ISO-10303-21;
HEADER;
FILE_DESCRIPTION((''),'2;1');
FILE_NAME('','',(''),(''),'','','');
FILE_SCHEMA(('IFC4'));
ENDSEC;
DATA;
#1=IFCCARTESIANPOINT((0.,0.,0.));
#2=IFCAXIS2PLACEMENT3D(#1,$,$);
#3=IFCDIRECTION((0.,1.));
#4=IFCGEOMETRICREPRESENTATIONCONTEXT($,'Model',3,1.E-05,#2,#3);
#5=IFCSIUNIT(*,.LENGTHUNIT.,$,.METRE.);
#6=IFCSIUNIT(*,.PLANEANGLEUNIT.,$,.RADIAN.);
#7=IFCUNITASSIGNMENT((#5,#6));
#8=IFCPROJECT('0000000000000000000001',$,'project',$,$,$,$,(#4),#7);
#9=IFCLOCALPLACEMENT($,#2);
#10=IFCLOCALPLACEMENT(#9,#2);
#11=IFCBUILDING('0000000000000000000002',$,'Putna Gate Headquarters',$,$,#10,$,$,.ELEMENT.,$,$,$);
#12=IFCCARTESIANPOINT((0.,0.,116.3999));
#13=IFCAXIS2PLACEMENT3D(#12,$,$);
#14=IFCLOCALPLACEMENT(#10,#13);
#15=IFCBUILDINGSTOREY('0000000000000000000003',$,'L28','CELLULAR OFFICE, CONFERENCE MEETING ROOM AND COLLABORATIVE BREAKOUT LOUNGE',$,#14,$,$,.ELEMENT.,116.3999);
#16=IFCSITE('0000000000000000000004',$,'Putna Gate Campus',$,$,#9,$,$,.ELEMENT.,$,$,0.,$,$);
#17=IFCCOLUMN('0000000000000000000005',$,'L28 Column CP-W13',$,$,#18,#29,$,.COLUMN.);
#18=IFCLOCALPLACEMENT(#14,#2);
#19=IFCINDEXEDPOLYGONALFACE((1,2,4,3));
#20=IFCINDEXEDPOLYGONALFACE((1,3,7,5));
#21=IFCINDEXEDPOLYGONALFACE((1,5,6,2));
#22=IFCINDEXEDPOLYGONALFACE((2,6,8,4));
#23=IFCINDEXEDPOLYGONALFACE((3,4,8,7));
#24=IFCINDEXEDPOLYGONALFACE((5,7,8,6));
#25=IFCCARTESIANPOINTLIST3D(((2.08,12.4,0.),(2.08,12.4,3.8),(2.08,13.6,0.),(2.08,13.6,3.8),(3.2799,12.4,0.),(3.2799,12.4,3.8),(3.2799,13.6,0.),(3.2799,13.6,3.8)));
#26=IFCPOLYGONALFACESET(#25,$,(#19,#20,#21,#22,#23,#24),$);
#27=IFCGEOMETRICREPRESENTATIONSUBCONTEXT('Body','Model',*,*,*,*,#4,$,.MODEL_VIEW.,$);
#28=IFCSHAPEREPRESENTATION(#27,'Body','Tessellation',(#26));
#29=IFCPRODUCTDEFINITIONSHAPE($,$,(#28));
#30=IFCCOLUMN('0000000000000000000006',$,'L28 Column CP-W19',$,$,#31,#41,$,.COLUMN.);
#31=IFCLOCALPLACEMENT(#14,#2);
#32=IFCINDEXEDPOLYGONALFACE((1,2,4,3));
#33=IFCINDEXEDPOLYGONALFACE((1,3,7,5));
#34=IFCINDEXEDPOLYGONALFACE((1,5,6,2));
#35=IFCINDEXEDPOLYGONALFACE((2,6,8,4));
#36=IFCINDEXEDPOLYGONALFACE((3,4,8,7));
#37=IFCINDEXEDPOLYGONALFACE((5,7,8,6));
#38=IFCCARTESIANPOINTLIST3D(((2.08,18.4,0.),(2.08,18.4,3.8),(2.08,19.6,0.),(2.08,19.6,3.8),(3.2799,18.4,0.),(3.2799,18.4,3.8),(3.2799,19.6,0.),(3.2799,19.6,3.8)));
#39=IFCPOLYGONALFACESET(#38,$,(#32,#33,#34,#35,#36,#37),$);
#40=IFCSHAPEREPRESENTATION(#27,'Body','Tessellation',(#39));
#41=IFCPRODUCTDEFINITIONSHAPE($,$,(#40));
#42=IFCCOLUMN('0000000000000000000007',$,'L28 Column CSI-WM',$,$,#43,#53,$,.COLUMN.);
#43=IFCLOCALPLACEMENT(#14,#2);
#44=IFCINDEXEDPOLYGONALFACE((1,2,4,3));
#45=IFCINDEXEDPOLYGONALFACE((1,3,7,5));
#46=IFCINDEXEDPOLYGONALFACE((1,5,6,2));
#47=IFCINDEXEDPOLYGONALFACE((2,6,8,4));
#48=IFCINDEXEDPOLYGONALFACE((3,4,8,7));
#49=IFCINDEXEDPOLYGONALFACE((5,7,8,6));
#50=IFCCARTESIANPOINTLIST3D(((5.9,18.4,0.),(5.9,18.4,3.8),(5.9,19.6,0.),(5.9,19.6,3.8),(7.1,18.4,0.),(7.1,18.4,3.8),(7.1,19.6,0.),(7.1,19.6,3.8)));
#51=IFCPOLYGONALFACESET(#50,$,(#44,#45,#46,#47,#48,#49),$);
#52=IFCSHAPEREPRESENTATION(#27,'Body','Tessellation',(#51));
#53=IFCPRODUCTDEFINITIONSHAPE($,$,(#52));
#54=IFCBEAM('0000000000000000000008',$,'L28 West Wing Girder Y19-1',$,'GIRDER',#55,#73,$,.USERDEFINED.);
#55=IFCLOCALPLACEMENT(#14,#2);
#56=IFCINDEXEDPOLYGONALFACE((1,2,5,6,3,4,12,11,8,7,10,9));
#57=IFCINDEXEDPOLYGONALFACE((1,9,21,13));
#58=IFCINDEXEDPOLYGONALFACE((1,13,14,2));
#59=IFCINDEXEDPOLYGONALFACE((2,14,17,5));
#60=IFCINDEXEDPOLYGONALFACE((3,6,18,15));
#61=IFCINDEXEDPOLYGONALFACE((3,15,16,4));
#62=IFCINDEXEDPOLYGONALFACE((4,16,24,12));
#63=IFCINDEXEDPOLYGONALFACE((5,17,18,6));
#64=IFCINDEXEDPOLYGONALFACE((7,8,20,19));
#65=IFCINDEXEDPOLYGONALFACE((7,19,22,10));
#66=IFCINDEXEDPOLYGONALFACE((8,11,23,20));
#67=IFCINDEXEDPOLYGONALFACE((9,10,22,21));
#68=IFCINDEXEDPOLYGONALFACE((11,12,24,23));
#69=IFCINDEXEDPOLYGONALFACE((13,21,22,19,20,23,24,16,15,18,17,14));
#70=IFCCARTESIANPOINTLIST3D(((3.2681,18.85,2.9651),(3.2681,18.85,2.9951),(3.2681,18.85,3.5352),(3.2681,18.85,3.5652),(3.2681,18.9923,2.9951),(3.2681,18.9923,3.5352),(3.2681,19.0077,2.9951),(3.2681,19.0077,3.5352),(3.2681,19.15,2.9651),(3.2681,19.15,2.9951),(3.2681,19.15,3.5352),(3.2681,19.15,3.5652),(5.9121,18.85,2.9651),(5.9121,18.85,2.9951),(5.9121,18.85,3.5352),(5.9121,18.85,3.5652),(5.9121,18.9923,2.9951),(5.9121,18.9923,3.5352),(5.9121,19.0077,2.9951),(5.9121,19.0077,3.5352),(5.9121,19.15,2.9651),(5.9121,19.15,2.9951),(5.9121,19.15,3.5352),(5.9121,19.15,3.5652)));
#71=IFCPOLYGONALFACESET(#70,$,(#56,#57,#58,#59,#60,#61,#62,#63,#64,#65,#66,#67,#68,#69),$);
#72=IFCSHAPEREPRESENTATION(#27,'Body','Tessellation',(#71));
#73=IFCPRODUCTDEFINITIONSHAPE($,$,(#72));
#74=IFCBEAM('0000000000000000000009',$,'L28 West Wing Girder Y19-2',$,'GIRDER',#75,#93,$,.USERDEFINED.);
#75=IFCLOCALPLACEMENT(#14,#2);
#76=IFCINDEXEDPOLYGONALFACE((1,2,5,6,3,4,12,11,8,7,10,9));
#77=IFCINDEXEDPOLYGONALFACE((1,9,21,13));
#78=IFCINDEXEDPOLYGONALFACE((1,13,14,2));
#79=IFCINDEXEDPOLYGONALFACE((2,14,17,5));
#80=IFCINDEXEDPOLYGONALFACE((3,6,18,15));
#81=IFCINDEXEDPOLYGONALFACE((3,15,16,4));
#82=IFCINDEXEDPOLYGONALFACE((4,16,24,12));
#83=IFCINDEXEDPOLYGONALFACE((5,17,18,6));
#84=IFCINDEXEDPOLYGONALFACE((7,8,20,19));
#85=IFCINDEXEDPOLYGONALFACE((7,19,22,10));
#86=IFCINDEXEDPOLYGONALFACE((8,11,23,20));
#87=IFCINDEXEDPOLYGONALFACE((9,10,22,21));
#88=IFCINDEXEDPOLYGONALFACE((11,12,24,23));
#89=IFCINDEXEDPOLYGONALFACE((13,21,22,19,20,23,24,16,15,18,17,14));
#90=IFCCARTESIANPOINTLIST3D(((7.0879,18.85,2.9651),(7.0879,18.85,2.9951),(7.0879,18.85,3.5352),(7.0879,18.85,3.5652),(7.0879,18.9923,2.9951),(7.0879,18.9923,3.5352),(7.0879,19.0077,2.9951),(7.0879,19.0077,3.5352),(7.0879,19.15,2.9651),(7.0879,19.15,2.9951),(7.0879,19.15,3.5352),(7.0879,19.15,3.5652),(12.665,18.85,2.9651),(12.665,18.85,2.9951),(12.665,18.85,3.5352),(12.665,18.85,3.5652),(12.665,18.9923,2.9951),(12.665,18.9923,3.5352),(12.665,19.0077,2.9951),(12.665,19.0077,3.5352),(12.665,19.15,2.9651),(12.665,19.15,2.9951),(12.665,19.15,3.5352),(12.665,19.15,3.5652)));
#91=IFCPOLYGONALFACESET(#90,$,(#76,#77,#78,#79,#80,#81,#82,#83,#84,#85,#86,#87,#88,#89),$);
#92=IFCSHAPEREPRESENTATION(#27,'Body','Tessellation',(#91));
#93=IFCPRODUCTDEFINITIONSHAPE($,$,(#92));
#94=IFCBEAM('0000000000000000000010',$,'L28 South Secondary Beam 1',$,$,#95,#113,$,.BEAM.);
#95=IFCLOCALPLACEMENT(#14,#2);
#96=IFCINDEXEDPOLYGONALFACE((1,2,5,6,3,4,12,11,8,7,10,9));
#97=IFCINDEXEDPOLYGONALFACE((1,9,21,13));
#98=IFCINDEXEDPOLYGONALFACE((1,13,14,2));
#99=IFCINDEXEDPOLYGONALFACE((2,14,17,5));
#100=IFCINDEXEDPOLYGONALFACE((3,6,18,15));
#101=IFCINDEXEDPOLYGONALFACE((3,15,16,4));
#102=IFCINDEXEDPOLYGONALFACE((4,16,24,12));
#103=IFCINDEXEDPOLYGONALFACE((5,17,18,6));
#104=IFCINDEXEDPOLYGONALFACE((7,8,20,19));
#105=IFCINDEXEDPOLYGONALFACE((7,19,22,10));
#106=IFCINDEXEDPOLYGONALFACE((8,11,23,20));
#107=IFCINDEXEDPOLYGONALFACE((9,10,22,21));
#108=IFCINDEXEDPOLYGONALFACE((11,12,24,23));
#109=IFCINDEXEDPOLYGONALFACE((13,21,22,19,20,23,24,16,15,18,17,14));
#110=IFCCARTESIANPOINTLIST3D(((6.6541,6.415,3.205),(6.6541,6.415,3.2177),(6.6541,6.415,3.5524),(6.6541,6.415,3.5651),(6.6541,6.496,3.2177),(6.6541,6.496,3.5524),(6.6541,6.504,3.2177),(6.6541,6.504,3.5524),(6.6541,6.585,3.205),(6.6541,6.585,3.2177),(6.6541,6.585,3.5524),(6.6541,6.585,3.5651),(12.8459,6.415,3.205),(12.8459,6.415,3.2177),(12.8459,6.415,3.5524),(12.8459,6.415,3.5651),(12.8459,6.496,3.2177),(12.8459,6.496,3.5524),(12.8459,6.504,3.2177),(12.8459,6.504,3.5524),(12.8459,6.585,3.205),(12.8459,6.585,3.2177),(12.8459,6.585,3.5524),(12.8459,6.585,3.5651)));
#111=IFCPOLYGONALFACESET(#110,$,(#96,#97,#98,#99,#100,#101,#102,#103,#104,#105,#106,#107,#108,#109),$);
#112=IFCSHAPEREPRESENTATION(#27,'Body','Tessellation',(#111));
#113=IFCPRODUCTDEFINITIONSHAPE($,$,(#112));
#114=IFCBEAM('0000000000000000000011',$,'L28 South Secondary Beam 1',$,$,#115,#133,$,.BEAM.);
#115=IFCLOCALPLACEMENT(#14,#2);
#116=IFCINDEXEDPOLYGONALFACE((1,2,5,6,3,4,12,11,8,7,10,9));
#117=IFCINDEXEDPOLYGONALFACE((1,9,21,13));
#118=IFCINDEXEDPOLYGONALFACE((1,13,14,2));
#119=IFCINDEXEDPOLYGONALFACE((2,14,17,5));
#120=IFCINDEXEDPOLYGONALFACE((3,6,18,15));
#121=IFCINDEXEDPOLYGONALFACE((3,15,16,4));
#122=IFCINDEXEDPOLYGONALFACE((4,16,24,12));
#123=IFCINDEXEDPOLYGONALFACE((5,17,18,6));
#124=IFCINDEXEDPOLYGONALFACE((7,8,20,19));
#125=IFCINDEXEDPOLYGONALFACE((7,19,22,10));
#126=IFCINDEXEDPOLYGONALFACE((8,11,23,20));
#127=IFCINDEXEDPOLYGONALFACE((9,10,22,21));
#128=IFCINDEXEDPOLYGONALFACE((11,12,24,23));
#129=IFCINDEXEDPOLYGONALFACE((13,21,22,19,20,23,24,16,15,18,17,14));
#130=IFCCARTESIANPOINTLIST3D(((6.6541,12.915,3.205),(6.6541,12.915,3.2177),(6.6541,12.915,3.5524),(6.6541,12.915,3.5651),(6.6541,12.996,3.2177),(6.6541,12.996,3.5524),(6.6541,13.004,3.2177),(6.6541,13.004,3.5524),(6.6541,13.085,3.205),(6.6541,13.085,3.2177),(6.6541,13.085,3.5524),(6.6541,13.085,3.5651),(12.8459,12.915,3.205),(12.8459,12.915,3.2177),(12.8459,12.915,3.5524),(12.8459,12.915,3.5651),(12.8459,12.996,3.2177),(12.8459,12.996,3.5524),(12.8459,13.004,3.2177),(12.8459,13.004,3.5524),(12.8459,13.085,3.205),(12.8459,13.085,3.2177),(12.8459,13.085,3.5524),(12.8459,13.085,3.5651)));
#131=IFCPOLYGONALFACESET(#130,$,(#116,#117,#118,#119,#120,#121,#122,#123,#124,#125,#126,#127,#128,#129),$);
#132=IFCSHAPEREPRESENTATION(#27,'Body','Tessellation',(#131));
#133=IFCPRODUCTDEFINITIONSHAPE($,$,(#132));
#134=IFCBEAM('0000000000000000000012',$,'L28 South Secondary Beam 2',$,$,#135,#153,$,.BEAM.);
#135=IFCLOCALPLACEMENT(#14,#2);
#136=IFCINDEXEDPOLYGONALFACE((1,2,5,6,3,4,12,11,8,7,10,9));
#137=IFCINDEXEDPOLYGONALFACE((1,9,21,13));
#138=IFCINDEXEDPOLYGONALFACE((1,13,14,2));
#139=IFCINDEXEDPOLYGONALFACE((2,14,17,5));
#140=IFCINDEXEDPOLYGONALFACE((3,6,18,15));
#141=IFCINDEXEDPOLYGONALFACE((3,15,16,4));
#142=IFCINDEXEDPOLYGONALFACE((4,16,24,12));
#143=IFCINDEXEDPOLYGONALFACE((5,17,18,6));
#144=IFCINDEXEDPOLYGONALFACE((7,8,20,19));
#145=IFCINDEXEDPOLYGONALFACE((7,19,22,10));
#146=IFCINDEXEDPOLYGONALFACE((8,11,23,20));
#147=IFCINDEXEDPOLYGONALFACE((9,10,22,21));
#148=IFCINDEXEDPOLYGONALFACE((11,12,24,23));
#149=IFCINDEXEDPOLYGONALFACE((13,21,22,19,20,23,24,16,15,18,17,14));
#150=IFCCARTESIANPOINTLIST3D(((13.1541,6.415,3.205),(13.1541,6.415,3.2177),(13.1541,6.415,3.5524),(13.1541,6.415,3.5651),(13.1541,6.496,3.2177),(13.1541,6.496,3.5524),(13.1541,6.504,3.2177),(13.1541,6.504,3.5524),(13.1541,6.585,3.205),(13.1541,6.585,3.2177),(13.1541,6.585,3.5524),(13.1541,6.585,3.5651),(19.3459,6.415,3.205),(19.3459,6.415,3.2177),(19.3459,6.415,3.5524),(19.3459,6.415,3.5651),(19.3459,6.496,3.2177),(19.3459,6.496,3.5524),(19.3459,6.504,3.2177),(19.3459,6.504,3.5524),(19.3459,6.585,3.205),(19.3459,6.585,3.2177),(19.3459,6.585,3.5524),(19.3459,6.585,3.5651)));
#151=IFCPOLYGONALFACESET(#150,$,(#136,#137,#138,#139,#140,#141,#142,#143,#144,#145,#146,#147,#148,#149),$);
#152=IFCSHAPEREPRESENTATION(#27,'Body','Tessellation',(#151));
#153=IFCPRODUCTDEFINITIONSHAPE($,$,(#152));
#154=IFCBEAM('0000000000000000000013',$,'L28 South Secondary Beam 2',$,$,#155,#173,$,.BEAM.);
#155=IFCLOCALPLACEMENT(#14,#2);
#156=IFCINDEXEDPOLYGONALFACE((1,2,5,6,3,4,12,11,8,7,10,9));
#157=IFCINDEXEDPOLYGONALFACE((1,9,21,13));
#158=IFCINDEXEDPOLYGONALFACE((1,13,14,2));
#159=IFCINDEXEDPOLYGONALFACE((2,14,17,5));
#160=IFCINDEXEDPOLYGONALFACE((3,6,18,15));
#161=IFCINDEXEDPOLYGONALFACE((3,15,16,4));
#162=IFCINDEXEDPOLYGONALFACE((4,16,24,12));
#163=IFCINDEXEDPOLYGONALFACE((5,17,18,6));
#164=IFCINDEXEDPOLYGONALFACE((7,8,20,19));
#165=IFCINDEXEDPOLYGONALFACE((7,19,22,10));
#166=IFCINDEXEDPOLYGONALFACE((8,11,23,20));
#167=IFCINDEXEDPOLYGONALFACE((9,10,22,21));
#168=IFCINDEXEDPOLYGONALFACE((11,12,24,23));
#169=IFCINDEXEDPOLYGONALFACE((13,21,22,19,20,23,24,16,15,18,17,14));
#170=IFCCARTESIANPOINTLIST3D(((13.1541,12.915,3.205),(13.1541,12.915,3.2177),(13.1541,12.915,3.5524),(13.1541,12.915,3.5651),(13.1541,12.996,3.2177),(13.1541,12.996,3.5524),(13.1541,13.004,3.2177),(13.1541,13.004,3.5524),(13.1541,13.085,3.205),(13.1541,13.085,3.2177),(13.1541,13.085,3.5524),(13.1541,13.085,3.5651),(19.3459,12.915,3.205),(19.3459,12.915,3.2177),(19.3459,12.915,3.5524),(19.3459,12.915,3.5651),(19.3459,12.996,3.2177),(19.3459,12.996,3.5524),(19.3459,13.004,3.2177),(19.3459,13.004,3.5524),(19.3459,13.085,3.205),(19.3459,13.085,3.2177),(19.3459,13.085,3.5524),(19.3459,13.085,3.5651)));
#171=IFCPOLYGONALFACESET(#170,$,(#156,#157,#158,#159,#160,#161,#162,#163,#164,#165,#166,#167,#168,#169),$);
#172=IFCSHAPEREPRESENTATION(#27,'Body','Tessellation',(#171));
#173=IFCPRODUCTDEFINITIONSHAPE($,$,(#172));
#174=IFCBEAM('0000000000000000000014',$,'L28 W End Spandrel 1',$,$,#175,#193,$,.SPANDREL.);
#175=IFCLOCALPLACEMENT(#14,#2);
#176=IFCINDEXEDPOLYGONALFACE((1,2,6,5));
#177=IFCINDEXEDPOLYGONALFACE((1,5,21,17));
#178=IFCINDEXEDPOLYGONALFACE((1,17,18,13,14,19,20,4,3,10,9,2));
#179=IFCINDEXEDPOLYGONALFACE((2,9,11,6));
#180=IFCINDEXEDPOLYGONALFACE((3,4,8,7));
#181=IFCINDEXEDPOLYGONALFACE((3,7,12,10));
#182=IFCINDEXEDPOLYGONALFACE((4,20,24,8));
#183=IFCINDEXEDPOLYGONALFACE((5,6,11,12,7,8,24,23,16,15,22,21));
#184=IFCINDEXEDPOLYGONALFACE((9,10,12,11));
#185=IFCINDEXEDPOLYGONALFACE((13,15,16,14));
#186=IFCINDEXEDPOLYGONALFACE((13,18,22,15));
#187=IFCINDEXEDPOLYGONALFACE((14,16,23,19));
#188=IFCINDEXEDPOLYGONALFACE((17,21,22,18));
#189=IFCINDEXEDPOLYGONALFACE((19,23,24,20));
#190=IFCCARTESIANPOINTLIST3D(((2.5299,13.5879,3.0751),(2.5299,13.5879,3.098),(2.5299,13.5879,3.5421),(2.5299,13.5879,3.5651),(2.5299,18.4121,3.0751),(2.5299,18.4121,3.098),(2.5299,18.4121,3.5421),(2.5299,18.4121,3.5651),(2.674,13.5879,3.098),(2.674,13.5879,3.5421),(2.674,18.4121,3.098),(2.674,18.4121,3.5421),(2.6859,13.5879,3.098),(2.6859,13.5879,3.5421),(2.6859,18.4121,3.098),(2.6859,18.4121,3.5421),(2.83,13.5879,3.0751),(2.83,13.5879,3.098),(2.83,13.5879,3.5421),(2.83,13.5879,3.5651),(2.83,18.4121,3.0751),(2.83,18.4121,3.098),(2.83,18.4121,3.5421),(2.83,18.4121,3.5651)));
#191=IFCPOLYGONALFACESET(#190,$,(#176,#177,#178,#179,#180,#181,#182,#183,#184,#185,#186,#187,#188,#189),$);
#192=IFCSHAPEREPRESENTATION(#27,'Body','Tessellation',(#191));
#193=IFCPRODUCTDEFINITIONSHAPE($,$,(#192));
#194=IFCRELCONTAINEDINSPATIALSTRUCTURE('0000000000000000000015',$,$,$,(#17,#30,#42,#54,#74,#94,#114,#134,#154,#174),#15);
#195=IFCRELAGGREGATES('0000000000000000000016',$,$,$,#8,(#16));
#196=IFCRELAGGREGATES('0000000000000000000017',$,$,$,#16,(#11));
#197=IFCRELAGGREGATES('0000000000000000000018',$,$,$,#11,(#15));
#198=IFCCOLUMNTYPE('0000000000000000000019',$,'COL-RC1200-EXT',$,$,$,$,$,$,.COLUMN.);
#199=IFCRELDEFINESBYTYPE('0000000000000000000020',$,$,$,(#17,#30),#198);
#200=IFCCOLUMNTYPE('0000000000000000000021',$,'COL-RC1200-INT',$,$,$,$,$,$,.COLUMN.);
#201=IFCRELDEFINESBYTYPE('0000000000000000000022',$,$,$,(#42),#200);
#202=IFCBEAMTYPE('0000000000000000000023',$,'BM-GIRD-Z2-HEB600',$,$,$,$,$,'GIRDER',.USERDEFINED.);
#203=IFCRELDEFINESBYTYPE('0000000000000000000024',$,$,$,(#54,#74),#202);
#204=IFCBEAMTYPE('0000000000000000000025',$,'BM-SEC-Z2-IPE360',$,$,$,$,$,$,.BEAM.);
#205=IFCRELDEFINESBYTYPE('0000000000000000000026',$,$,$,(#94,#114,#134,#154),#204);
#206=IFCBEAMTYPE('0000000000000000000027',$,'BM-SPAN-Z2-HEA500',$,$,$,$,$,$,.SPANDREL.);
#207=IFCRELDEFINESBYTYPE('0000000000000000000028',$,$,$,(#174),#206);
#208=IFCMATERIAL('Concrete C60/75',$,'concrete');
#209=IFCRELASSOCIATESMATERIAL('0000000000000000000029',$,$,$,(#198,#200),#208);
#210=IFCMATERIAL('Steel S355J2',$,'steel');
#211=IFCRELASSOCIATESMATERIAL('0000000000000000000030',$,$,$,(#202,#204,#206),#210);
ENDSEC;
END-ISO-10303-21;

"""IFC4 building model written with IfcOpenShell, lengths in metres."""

from ifc_helpers import new_model, si_unit, direction, frame, origin, origin_2d, place, context, subcontext, project, spatial, rectangle, i_section, extrude, material, material_profile, profile_set, type_object, element, save


model = new_model("IFC4")

# Units and contexts
model_context = context("Model", 3, precision=1e-05, world=origin(), true_north=direction((0.0, 1.0)))
body_context = subcontext(model_context, "Body", "Model", "MODEL_VIEW")
ifc_project = project(units=[si_unit("LENGTHUNIT", "METRE"), si_unit("PLANEANGLEUNIT", "RADIAN")], contexts=[model_context])

# Site, building, storey
site_placement = place(None, origin())
site = spatial("IfcSite", under=ifc_project, at=site_placement, Name="Putna Gate Campus", CompositionType="ELEMENT", RefElevation=0.0)
building_placement = place(site_placement, origin())
building = spatial("IfcBuilding", under=site, at=building_placement, Name="Putna Gate Headquarters", CompositionType="ELEMENT")
storey_placement = place(building_placement, frame((0.0, 0.0, 116.3999)))
storey = spatial("IfcBuildingStorey", under=building, at=storey_placement, Name="L28", Description="CELLULAR OFFICE, CONFERENCE MEETING ROOM AND COLLABORATIVE BREAKOUT LOUNGE", CompositionType="ELEMENT", Elevation=116.3999)

# Columns
ifc_material_1 = material(Name="Concrete C60/75", Category="concrete")
ifc_material_profile_1 = material_profile(ifc_material_1, rectangle(XDim=1.2, YDim=1.2, at=origin_2d()), Name="Concrete C60/75")
ifc_profile_set_1 = profile_set([ifc_material_profile_1], Name="Concrete C60/75")
column_type_1 = type_object("IfcColumnType", Name="COL-RC1200-EXT", PredefinedType="COLUMN", material=ifc_profile_set_1)
for number, where, z_axis, x_axis, name in (
    (1, (2.6799, 13.0, 0.0), (0.0, 0.0, 1.0), (1.0, 0.0, 0.0), "L28 Column CP-W13"),
    (2, (2.6799, 19.0, 0.0), (0.0, 0.0, 1.0), (1.0, 0.0, 0.0), "L28 Column CP-W19"),
):
    element("IfcColumn", number, at=place(storey_placement, frame(where, z_axis=z_axis, x_axis=x_axis)), inside=storey, type_object=column_type_1, Name=name, PredefinedType="COLUMN", context=body_context, shape_type="SweptSolid", body=[
        extrude(rectangle(XDim=1.2, YDim=1.2, at=origin_2d()), origin(), (0.0, 0.0, 1.0), 3.8),
    ])
ifc_material_profile_2 = material_profile(ifc_material_1, rectangle(XDim=1.2, YDim=1.2, at=origin_2d()), Name="Concrete C60/75")
ifc_profile_set_2 = profile_set([ifc_material_profile_2], Name="Concrete C60/75")
column_type_2 = type_object("IfcColumnType", Name="COL-RC1200-INT", PredefinedType="COLUMN", material=ifc_profile_set_2)
column_placement = place(storey_placement, frame((6.5, 19.0, 0.0), z_axis=(0.0, 0.0, 1.0), x_axis=(1.0, 0.0, 0.0)))
element("IfcColumn", 3, at=column_placement, inside=storey, type_object=column_type_2, Name="L28 Column CSI-WM", PredefinedType="COLUMN", context=body_context, shape_type="SweptSolid", body=[
    extrude(rectangle(XDim=1.2, YDim=1.2, at=origin_2d()), origin(), (0.0, 0.0, 1.0), 3.8),
])

# Beams
ifc_material_2 = material(Name="Steel S355J2", Category="steel")
ifc_material_profile_3 = material_profile(ifc_material_2, i_section(OverallWidth=0.3, OverallDepth=0.6001, WebThickness=0.0154, FlangeThickness=0.03, at=origin_2d()), Name="Steel S355J2")
ifc_profile_set_3 = profile_set([ifc_material_profile_3], Name="Steel S355J2")
beam_type_1 = type_object("IfcBeamType", Name="BM-GIRD-Z2-HEB600", ElementType="GIRDER", PredefinedType="USERDEFINED", material=ifc_profile_set_3)
beam_1_placement = place(storey_placement, frame((3.2681, 19.0, 3.2651), z_axis=(1.0, 0.0, 0.0), x_axis=(0.0, 1.0, 0.0)))
element("IfcBeam", 4, at=beam_1_placement, inside=storey, type_object=beam_type_1, Name="L28 West Wing Girder Y19-1", ObjectType="GIRDER", PredefinedType="USERDEFINED", context=body_context, shape_type="SweptSolid", body=[
    extrude(i_section(OverallWidth=0.3, OverallDepth=0.6001, WebThickness=0.0154, FlangeThickness=0.03, at=origin_2d()), origin(), (0.0, 0.0, 1.0), 2.644),
])
beam_2_placement = place(storey_placement, frame((7.0879, 19.0, 3.2651), z_axis=(1.0, 0.0, 0.0), x_axis=(0.0, 1.0, 0.0)))
element("IfcBeam", 5, at=beam_2_placement, inside=storey, type_object=beam_type_1, Name="L28 West Wing Girder Y19-2", ObjectType="GIRDER", PredefinedType="USERDEFINED", context=body_context, shape_type="SweptSolid", body=[
    extrude(i_section(OverallWidth=0.3, OverallDepth=0.6001, WebThickness=0.0154, FlangeThickness=0.03, at=origin_2d()), origin(), (0.0, 0.0, 1.0), 5.5771),
])
ifc_material_profile_4 = material_profile(ifc_material_2, i_section(OverallWidth=0.1699, OverallDepth=0.3601, WebThickness=0.0081, FlangeThickness=0.0127, at=origin_2d()), Name="Steel S355J2")
ifc_profile_set_4 = profile_set([ifc_material_profile_4], Name="Steel S355J2")
beam_type_2 = type_object("IfcBeamType", Name="BM-SEC-Z2-IPE360", PredefinedType="BEAM", material=ifc_profile_set_4)
for number, where, z_axis, x_axis, name in (
    (6, (6.6541, 6.5, 3.385), (1.0, 0.0, 0.0), (0.0, 1.0, 0.0), "L28 South Secondary Beam 1"),
    (7, (6.6541, 13.0, 3.385), (1.0, 0.0, 0.0), (0.0, 1.0, 0.0), "L28 South Secondary Beam 1"),
    (8, (13.1541, 6.5, 3.385), (1.0, 0.0, 0.0), (0.0, 1.0, 0.0), "L28 South Secondary Beam 2"),
    (9, (13.1541, 13.0, 3.385), (1.0, 0.0, 0.0), (0.0, 1.0, 0.0), "L28 South Secondary Beam 2"),
):
    element("IfcBeam", number, at=place(storey_placement, frame(where, z_axis=z_axis, x_axis=x_axis)), inside=storey, type_object=beam_type_2, Name=name, PredefinedType="BEAM", context=body_context, shape_type="SweptSolid", body=[
        extrude(i_section(OverallWidth=0.1699, OverallDepth=0.3601, WebThickness=0.0081, FlangeThickness=0.0127, at=origin_2d()), origin(), (0.0, 0.0, 1.0), 6.1919),
    ])
ifc_material_profile_5 = material_profile(ifc_material_2, i_section(OverallWidth=0.3, OverallDepth=0.49, WebThickness=0.012, FlangeThickness=0.0229, at=origin_2d()), Name="Steel S355J2")
ifc_profile_set_5 = profile_set([ifc_material_profile_5], Name="Steel S355J2")
beam_type_3 = type_object("IfcBeamType", Name="BM-SPAN-Z2-HEA500", PredefinedType="SPANDREL", material=ifc_profile_set_5)
beam_3_placement = place(storey_placement, frame((2.6799, 13.5879, 3.3201), z_axis=(0.0, 1.0, 0.0), x_axis=(-1.0, 0.0, 0.0)))
element("IfcBeam", 10, at=beam_3_placement, inside=storey, type_object=beam_type_3, Name="L28 W End Spandrel 1", PredefinedType="SPANDREL", context=body_context, shape_type="SweptSolid", body=[
    extrude(i_section(OverallWidth=0.3, OverallDepth=0.49, WebThickness=0.012, FlangeThickness=0.0229, at=origin_2d()), origin(), (0.0, 0.0, 1.0), 4.8242),
])

save(model, "model.ifc")
